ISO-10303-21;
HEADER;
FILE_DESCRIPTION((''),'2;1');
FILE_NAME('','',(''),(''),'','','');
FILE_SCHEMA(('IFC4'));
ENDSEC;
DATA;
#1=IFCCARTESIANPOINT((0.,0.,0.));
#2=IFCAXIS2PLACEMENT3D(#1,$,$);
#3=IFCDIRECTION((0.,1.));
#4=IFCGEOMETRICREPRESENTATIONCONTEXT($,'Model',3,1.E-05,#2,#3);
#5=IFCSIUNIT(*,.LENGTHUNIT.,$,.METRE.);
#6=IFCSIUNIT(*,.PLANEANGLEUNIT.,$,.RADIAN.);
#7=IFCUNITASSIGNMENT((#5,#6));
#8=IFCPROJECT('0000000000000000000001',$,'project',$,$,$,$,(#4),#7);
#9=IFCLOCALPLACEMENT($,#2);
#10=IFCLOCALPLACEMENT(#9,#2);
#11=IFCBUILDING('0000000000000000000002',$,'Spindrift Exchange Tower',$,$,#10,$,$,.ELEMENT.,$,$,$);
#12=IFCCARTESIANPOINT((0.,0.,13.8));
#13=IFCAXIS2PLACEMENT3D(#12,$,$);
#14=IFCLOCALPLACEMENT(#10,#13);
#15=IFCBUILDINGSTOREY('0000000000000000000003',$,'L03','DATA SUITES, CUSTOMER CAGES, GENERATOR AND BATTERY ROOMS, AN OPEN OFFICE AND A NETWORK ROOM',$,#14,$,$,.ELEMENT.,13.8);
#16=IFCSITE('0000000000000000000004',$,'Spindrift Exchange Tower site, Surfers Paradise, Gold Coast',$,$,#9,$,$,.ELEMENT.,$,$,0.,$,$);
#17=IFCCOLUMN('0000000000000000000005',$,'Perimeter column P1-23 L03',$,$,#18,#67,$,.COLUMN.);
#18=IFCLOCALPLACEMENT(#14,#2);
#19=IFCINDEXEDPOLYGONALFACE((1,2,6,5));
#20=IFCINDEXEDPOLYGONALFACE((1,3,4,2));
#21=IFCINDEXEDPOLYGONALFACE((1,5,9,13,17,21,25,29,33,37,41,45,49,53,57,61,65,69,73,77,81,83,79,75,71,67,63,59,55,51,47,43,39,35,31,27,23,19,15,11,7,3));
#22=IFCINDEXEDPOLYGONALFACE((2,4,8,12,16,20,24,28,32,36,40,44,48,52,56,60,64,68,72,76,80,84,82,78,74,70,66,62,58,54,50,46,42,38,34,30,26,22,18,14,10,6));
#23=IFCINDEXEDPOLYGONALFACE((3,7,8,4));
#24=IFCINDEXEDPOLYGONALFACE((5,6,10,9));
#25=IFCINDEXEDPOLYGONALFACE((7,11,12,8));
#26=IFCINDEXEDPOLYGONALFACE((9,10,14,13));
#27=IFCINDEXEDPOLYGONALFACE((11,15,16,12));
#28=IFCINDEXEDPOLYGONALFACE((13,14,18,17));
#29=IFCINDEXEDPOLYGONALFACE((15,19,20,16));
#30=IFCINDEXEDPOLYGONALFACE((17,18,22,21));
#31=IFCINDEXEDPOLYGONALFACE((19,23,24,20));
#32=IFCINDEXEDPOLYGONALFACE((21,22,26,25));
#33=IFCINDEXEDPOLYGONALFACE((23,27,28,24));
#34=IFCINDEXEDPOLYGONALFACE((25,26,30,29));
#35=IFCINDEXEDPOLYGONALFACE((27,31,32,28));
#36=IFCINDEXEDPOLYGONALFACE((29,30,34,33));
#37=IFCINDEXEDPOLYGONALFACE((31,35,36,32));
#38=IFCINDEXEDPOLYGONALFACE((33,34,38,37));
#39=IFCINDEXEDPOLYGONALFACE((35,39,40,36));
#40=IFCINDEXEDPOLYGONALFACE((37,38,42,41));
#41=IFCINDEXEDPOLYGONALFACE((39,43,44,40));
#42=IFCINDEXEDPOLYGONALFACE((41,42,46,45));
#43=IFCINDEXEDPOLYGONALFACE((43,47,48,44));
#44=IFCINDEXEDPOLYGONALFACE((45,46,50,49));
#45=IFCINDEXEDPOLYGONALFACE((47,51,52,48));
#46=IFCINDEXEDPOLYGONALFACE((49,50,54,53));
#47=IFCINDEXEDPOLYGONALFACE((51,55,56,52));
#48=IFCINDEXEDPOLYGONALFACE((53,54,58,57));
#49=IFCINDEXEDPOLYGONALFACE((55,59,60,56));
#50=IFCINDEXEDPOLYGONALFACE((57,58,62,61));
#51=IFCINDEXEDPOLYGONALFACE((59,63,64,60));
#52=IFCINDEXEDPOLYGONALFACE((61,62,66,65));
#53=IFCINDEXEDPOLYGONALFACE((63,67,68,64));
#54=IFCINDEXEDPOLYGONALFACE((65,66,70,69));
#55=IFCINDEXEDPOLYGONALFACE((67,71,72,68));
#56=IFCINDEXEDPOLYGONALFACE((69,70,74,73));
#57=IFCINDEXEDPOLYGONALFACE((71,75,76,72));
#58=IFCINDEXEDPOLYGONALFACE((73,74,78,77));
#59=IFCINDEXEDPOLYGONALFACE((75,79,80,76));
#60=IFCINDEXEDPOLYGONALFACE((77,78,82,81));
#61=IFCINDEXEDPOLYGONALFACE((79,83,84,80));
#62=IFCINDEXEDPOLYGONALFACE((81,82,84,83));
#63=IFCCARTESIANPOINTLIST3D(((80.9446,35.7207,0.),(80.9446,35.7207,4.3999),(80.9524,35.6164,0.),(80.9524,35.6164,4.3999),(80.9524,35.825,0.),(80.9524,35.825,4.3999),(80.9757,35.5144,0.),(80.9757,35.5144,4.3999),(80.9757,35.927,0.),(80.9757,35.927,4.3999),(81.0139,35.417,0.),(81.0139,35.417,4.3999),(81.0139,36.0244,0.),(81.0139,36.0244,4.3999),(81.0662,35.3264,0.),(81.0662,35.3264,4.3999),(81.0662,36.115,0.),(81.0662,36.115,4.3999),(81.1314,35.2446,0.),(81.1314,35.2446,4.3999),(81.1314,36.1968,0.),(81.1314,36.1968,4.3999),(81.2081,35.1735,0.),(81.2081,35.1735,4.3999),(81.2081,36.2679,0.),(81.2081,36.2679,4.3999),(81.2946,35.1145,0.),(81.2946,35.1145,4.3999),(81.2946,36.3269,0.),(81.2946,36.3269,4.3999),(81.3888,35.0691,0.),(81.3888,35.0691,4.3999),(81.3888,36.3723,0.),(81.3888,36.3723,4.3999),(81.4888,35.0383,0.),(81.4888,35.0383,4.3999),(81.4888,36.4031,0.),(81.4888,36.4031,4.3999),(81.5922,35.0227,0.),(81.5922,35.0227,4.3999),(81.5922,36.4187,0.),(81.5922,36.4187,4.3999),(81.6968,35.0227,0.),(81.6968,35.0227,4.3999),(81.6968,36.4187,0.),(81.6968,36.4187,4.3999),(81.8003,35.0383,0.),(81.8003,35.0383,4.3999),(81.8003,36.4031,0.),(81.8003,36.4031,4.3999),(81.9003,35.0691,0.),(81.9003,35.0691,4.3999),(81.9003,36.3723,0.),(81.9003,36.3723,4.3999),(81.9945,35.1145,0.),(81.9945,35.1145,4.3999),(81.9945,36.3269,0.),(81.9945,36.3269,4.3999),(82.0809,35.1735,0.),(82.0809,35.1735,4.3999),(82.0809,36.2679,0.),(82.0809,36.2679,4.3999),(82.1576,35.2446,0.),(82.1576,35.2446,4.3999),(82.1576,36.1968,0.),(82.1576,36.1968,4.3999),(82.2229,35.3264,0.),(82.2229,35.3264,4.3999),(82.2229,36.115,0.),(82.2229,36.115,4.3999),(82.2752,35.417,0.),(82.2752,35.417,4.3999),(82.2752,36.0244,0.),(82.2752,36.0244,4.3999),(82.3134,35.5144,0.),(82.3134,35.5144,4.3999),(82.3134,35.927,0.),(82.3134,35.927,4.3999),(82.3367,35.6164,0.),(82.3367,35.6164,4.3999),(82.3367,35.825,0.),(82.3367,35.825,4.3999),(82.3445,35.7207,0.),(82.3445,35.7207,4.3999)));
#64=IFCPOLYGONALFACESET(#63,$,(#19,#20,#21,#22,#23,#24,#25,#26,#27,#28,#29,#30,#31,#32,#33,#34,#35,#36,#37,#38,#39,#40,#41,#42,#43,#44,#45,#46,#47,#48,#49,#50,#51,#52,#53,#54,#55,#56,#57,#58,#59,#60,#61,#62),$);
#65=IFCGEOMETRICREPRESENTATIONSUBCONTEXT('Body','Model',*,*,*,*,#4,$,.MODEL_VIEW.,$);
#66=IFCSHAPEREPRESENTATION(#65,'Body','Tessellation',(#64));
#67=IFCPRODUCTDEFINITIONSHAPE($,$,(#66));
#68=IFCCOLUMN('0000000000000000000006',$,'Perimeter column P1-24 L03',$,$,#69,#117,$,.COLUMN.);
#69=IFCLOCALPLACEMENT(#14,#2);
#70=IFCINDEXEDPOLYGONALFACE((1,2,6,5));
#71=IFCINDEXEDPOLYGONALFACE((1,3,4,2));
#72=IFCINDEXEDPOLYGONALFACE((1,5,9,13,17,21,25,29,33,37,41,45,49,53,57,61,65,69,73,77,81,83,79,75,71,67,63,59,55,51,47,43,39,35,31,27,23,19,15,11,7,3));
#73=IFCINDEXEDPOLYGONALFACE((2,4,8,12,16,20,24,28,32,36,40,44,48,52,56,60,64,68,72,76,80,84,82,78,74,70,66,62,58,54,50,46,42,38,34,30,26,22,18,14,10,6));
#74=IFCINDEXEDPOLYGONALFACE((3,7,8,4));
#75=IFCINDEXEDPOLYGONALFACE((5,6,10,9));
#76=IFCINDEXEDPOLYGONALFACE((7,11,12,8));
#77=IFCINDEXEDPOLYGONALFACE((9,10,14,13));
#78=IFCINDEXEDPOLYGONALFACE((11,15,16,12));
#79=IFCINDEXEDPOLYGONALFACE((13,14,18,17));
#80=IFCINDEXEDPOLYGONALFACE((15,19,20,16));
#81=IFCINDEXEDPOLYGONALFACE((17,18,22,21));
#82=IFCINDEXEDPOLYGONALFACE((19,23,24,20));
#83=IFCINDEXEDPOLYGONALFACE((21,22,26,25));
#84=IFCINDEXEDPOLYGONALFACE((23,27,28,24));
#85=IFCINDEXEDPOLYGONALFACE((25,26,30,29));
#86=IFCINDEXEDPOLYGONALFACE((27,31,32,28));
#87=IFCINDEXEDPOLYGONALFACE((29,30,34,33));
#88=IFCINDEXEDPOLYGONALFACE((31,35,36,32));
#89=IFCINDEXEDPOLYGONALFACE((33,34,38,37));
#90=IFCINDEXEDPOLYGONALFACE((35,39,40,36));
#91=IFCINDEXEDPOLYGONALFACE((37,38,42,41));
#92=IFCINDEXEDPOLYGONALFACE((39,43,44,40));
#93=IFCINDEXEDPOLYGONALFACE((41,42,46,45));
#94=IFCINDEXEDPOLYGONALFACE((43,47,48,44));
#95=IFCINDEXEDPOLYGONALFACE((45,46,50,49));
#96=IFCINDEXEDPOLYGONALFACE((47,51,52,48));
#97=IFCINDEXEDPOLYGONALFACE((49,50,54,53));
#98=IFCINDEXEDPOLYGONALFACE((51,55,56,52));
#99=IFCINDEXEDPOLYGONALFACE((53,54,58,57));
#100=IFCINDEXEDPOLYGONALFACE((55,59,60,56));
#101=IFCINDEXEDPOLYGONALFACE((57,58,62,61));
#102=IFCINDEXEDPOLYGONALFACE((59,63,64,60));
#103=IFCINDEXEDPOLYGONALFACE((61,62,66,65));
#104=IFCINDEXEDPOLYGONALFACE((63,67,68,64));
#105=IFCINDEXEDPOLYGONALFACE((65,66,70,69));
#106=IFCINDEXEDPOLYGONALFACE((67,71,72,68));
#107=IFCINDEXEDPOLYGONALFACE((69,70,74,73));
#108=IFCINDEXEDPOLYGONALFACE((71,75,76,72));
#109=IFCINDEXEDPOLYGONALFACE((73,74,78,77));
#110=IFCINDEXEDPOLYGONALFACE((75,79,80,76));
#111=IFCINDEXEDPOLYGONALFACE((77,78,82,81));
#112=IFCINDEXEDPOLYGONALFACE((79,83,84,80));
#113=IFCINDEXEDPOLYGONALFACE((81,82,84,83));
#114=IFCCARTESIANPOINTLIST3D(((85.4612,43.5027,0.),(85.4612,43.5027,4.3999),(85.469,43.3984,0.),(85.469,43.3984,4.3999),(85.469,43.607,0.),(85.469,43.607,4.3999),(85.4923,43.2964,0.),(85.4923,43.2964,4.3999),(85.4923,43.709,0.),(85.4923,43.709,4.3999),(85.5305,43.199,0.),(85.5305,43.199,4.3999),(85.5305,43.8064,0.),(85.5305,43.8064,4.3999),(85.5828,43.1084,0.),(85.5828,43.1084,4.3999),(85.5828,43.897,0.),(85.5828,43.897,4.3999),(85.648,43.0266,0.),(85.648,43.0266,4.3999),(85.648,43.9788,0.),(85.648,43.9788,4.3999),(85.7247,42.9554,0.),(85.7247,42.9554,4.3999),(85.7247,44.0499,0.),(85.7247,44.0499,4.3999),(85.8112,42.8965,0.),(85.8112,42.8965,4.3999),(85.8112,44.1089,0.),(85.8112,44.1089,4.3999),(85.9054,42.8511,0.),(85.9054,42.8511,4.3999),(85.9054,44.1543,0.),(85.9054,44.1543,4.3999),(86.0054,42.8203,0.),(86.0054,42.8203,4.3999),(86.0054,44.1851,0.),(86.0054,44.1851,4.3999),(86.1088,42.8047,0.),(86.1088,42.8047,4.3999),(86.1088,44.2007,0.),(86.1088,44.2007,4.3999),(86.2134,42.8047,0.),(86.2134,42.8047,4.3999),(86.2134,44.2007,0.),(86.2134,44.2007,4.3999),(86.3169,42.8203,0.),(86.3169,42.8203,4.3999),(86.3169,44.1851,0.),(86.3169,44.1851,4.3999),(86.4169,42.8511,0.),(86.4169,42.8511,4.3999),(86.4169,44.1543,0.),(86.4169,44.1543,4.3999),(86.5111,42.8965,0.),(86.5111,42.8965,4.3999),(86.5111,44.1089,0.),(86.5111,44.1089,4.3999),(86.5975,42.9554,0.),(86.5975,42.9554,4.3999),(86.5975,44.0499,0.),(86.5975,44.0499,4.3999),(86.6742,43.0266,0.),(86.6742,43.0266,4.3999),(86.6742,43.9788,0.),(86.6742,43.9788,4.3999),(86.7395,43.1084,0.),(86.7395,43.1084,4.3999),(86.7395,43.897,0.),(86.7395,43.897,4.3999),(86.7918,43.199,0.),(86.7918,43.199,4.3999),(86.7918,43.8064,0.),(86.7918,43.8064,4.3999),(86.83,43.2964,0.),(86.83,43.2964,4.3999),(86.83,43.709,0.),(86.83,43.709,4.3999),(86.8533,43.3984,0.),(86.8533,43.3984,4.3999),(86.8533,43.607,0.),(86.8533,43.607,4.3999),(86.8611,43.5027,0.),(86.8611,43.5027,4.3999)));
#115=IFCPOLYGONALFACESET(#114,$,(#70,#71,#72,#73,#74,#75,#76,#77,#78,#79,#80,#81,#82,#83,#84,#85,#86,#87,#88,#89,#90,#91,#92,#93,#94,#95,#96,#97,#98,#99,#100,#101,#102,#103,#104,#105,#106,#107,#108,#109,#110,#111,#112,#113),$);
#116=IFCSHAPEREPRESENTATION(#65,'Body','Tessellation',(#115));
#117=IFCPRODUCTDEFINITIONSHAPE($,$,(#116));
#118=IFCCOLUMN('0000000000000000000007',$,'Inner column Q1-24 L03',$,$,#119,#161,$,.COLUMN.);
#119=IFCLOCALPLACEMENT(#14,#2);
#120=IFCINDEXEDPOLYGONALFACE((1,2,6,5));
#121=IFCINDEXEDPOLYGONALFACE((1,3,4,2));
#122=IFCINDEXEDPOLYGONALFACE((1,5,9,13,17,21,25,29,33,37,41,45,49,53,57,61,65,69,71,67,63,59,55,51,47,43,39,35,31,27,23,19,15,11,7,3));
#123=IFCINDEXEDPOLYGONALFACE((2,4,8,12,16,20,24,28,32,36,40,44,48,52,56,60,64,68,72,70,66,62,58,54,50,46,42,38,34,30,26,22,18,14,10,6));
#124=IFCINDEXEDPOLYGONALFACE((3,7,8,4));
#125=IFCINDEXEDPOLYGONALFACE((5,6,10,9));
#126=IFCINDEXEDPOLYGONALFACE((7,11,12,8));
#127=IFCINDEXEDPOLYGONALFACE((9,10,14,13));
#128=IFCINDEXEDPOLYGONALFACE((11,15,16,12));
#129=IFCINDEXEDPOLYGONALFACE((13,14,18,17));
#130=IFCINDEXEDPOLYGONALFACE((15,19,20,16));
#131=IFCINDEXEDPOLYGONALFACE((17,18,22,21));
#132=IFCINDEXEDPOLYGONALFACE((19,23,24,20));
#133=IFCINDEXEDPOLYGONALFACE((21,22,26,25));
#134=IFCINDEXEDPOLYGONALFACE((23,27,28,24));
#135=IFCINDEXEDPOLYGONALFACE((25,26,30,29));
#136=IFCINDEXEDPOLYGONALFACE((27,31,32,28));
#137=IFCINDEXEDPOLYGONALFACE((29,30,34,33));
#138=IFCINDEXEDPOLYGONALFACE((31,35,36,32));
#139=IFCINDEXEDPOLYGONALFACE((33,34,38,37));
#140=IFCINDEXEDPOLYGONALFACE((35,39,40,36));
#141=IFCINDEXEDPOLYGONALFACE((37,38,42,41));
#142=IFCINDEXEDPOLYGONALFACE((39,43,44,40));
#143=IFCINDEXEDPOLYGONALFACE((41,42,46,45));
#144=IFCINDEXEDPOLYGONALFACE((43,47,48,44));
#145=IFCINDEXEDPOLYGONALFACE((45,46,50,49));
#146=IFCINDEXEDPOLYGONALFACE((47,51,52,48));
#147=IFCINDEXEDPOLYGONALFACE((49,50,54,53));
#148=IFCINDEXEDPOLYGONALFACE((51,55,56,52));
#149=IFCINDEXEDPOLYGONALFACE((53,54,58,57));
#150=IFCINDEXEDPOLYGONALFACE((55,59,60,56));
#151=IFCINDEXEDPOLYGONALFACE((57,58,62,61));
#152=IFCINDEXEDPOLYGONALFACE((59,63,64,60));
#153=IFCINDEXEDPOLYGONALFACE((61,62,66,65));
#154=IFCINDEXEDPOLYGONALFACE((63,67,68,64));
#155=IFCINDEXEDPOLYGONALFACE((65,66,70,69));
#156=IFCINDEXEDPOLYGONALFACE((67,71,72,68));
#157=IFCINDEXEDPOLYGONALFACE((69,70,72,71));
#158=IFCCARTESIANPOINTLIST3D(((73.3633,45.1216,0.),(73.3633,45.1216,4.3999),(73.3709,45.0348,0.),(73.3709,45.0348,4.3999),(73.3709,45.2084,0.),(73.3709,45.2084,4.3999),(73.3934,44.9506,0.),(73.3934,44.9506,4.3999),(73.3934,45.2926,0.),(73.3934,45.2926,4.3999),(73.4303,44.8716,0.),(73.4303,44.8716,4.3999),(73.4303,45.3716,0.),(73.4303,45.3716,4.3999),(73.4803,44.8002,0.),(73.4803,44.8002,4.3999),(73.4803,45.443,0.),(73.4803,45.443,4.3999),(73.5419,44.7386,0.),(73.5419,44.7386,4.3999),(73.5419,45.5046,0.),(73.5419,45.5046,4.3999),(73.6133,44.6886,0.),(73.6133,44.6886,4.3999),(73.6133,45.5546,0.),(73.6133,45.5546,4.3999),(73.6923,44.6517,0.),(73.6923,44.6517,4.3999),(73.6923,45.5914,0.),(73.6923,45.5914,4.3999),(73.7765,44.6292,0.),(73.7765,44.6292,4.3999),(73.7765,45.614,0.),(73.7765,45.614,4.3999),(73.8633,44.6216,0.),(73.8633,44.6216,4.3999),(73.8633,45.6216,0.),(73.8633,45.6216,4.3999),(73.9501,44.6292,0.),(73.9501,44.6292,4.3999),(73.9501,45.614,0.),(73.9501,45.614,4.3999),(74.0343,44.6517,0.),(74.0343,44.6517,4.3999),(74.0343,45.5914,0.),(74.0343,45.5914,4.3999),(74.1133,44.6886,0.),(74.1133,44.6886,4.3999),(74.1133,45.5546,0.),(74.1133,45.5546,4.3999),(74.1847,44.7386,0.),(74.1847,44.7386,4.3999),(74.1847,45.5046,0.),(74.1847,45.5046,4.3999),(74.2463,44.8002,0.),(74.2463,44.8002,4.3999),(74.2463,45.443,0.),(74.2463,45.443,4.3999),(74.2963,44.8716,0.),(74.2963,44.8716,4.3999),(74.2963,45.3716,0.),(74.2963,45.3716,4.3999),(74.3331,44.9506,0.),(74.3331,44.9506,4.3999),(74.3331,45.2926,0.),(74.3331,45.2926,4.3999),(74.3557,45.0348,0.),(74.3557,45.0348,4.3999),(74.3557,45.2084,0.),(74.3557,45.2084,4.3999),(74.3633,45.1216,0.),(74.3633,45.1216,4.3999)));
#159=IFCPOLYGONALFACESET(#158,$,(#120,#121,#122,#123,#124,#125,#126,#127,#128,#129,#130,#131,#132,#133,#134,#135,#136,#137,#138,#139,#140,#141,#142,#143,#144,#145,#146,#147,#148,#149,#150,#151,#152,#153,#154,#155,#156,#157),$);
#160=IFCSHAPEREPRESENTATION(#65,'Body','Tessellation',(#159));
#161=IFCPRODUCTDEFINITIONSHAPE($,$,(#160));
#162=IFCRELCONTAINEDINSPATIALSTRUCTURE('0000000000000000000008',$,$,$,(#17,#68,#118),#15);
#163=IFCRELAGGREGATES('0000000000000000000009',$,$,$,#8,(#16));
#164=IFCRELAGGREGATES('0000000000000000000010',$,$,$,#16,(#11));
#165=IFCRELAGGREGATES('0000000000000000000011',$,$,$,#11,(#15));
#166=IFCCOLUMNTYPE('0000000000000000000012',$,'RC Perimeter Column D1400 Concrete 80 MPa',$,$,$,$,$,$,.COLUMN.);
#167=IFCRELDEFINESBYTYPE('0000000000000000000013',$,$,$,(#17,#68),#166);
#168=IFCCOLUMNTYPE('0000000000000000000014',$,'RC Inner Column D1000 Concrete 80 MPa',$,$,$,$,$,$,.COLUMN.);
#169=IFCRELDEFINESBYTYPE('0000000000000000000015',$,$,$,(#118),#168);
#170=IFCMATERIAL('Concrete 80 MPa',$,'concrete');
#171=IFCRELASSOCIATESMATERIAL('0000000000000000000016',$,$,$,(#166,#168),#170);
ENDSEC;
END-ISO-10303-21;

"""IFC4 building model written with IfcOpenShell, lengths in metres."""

from ifc_helpers import new_model, si_unit, direction, frame, origin, origin_2d, place, context, subcontext, project, spatial, circle, extrude, source, transform, mapped, material, material_profile, profile_set, type_object, element, save


model = new_model("IFC4")

# Units and contexts
model_context = context("Model", 3, precision=1e-05, world=origin(), true_north=direction((0.0, 1.0)))
body_context = subcontext(model_context, "Body", "Model", "MODEL_VIEW")
ifc_project = project(units=[si_unit("LENGTHUNIT", "METRE"), si_unit("PLANEANGLEUNIT", "RADIAN")], contexts=[model_context])

# Site, building, storey
site_placement = place(None, origin())
site = spatial("IfcSite", under=ifc_project, at=site_placement, Name="Spindrift Exchange Tower site, Surfers Paradise, Gold Coast", CompositionType="ELEMENT", RefElevation=0.0)
building_placement = place(site_placement, origin())
building = spatial("IfcBuilding", under=site, at=building_placement, Name="Spindrift Exchange Tower", CompositionType="ELEMENT")
storey_placement = place(building_placement, frame((0.0, 0.0, 13.8)))
storey = spatial("IfcBuildingStorey", under=building, at=storey_placement, Name="L03", Description="DATA SUITES, CUSTOMER CAGES, GENERATOR AND BATTERY ROOMS, AN OPEN OFFICE AND A NETWORK ROOM", CompositionType="ELEMENT", Elevation=13.8)

# Columns
ifc_material_1 = material(Name="Concrete 80 MPa", Category="concrete")
ifc_material_profile_1 = material_profile(ifc_material_1, circle(Radius=0.7, at=origin_2d()), Name="RC D1400")
ifc_profile_set_1 = profile_set([ifc_material_profile_1], Name="Concrete 80 MPa")
column_type_1 = type_object("IfcColumnType", Name="RC Perimeter Column D1400 Concrete 80 MPa", PredefinedType="COLUMN", material=ifc_profile_set_1)
shared_shape_1 = source(origin(), body_context, "Body", "SweptSolid", [
    extrude(circle(Radius=0.7, at=origin_2d()), origin(), (0.0, 0.0, 1.0), 4.3999),
])
for number, where, z_axis, x_axis, name in (
    (1, (81.6445, 35.7207, 0.0), (0.0, 0.0, 1.0), (1.0, 0.0, 0.0), "Perimeter column P1-23 L03"),
    (2, (86.1611, 43.5027, 0.0), (0.0, 0.0, 1.0), (1.0, 0.0, 0.0), "Perimeter column P1-24 L03"),
):
    element("IfcColumn", number, at=place(storey_placement, frame(where, z_axis=z_axis, x_axis=x_axis)), inside=storey, type_object=column_type_1, Name=name, PredefinedType="COLUMN", context=body_context, shape_type="MappedRepresentation", body=[
        mapped(shared_shape_1, transform((0.0, 0.0, 0.0), scale=1.0)),
    ])
ifc_material_profile_2 = material_profile(ifc_material_1, circle(Radius=0.5, at=origin_2d()), Name="RC D1000")
ifc_profile_set_2 = profile_set([ifc_material_profile_2], Name="Concrete 80 MPa")
column_type_2 = type_object("IfcColumnType", Name="RC Inner Column D1000 Concrete 80 MPa", PredefinedType="COLUMN", material=ifc_profile_set_2)
shared_shape_2 = source(origin(), body_context, "Body", "SweptSolid", [
    extrude(circle(Radius=0.5, at=origin_2d()), origin(), (0.0, 0.0, 1.0), 4.3999),
])
column_1_placement = place(storey_placement, frame((73.8633, 45.1216, 0.0), z_axis=(0.0, 0.0, 1.0), x_axis=(1.0, 0.0, 0.0)))
element("IfcColumn", 3, at=column_1_placement, inside=storey, type_object=column_type_2, Name="Inner column Q1-24 L03", PredefinedType="COLUMN", context=body_context, shape_type="MappedRepresentation", body=[
    mapped(shared_shape_2, transform((0.0, 0.0, 0.0), scale=1.0)),
])

save(model, "model.ifc")
